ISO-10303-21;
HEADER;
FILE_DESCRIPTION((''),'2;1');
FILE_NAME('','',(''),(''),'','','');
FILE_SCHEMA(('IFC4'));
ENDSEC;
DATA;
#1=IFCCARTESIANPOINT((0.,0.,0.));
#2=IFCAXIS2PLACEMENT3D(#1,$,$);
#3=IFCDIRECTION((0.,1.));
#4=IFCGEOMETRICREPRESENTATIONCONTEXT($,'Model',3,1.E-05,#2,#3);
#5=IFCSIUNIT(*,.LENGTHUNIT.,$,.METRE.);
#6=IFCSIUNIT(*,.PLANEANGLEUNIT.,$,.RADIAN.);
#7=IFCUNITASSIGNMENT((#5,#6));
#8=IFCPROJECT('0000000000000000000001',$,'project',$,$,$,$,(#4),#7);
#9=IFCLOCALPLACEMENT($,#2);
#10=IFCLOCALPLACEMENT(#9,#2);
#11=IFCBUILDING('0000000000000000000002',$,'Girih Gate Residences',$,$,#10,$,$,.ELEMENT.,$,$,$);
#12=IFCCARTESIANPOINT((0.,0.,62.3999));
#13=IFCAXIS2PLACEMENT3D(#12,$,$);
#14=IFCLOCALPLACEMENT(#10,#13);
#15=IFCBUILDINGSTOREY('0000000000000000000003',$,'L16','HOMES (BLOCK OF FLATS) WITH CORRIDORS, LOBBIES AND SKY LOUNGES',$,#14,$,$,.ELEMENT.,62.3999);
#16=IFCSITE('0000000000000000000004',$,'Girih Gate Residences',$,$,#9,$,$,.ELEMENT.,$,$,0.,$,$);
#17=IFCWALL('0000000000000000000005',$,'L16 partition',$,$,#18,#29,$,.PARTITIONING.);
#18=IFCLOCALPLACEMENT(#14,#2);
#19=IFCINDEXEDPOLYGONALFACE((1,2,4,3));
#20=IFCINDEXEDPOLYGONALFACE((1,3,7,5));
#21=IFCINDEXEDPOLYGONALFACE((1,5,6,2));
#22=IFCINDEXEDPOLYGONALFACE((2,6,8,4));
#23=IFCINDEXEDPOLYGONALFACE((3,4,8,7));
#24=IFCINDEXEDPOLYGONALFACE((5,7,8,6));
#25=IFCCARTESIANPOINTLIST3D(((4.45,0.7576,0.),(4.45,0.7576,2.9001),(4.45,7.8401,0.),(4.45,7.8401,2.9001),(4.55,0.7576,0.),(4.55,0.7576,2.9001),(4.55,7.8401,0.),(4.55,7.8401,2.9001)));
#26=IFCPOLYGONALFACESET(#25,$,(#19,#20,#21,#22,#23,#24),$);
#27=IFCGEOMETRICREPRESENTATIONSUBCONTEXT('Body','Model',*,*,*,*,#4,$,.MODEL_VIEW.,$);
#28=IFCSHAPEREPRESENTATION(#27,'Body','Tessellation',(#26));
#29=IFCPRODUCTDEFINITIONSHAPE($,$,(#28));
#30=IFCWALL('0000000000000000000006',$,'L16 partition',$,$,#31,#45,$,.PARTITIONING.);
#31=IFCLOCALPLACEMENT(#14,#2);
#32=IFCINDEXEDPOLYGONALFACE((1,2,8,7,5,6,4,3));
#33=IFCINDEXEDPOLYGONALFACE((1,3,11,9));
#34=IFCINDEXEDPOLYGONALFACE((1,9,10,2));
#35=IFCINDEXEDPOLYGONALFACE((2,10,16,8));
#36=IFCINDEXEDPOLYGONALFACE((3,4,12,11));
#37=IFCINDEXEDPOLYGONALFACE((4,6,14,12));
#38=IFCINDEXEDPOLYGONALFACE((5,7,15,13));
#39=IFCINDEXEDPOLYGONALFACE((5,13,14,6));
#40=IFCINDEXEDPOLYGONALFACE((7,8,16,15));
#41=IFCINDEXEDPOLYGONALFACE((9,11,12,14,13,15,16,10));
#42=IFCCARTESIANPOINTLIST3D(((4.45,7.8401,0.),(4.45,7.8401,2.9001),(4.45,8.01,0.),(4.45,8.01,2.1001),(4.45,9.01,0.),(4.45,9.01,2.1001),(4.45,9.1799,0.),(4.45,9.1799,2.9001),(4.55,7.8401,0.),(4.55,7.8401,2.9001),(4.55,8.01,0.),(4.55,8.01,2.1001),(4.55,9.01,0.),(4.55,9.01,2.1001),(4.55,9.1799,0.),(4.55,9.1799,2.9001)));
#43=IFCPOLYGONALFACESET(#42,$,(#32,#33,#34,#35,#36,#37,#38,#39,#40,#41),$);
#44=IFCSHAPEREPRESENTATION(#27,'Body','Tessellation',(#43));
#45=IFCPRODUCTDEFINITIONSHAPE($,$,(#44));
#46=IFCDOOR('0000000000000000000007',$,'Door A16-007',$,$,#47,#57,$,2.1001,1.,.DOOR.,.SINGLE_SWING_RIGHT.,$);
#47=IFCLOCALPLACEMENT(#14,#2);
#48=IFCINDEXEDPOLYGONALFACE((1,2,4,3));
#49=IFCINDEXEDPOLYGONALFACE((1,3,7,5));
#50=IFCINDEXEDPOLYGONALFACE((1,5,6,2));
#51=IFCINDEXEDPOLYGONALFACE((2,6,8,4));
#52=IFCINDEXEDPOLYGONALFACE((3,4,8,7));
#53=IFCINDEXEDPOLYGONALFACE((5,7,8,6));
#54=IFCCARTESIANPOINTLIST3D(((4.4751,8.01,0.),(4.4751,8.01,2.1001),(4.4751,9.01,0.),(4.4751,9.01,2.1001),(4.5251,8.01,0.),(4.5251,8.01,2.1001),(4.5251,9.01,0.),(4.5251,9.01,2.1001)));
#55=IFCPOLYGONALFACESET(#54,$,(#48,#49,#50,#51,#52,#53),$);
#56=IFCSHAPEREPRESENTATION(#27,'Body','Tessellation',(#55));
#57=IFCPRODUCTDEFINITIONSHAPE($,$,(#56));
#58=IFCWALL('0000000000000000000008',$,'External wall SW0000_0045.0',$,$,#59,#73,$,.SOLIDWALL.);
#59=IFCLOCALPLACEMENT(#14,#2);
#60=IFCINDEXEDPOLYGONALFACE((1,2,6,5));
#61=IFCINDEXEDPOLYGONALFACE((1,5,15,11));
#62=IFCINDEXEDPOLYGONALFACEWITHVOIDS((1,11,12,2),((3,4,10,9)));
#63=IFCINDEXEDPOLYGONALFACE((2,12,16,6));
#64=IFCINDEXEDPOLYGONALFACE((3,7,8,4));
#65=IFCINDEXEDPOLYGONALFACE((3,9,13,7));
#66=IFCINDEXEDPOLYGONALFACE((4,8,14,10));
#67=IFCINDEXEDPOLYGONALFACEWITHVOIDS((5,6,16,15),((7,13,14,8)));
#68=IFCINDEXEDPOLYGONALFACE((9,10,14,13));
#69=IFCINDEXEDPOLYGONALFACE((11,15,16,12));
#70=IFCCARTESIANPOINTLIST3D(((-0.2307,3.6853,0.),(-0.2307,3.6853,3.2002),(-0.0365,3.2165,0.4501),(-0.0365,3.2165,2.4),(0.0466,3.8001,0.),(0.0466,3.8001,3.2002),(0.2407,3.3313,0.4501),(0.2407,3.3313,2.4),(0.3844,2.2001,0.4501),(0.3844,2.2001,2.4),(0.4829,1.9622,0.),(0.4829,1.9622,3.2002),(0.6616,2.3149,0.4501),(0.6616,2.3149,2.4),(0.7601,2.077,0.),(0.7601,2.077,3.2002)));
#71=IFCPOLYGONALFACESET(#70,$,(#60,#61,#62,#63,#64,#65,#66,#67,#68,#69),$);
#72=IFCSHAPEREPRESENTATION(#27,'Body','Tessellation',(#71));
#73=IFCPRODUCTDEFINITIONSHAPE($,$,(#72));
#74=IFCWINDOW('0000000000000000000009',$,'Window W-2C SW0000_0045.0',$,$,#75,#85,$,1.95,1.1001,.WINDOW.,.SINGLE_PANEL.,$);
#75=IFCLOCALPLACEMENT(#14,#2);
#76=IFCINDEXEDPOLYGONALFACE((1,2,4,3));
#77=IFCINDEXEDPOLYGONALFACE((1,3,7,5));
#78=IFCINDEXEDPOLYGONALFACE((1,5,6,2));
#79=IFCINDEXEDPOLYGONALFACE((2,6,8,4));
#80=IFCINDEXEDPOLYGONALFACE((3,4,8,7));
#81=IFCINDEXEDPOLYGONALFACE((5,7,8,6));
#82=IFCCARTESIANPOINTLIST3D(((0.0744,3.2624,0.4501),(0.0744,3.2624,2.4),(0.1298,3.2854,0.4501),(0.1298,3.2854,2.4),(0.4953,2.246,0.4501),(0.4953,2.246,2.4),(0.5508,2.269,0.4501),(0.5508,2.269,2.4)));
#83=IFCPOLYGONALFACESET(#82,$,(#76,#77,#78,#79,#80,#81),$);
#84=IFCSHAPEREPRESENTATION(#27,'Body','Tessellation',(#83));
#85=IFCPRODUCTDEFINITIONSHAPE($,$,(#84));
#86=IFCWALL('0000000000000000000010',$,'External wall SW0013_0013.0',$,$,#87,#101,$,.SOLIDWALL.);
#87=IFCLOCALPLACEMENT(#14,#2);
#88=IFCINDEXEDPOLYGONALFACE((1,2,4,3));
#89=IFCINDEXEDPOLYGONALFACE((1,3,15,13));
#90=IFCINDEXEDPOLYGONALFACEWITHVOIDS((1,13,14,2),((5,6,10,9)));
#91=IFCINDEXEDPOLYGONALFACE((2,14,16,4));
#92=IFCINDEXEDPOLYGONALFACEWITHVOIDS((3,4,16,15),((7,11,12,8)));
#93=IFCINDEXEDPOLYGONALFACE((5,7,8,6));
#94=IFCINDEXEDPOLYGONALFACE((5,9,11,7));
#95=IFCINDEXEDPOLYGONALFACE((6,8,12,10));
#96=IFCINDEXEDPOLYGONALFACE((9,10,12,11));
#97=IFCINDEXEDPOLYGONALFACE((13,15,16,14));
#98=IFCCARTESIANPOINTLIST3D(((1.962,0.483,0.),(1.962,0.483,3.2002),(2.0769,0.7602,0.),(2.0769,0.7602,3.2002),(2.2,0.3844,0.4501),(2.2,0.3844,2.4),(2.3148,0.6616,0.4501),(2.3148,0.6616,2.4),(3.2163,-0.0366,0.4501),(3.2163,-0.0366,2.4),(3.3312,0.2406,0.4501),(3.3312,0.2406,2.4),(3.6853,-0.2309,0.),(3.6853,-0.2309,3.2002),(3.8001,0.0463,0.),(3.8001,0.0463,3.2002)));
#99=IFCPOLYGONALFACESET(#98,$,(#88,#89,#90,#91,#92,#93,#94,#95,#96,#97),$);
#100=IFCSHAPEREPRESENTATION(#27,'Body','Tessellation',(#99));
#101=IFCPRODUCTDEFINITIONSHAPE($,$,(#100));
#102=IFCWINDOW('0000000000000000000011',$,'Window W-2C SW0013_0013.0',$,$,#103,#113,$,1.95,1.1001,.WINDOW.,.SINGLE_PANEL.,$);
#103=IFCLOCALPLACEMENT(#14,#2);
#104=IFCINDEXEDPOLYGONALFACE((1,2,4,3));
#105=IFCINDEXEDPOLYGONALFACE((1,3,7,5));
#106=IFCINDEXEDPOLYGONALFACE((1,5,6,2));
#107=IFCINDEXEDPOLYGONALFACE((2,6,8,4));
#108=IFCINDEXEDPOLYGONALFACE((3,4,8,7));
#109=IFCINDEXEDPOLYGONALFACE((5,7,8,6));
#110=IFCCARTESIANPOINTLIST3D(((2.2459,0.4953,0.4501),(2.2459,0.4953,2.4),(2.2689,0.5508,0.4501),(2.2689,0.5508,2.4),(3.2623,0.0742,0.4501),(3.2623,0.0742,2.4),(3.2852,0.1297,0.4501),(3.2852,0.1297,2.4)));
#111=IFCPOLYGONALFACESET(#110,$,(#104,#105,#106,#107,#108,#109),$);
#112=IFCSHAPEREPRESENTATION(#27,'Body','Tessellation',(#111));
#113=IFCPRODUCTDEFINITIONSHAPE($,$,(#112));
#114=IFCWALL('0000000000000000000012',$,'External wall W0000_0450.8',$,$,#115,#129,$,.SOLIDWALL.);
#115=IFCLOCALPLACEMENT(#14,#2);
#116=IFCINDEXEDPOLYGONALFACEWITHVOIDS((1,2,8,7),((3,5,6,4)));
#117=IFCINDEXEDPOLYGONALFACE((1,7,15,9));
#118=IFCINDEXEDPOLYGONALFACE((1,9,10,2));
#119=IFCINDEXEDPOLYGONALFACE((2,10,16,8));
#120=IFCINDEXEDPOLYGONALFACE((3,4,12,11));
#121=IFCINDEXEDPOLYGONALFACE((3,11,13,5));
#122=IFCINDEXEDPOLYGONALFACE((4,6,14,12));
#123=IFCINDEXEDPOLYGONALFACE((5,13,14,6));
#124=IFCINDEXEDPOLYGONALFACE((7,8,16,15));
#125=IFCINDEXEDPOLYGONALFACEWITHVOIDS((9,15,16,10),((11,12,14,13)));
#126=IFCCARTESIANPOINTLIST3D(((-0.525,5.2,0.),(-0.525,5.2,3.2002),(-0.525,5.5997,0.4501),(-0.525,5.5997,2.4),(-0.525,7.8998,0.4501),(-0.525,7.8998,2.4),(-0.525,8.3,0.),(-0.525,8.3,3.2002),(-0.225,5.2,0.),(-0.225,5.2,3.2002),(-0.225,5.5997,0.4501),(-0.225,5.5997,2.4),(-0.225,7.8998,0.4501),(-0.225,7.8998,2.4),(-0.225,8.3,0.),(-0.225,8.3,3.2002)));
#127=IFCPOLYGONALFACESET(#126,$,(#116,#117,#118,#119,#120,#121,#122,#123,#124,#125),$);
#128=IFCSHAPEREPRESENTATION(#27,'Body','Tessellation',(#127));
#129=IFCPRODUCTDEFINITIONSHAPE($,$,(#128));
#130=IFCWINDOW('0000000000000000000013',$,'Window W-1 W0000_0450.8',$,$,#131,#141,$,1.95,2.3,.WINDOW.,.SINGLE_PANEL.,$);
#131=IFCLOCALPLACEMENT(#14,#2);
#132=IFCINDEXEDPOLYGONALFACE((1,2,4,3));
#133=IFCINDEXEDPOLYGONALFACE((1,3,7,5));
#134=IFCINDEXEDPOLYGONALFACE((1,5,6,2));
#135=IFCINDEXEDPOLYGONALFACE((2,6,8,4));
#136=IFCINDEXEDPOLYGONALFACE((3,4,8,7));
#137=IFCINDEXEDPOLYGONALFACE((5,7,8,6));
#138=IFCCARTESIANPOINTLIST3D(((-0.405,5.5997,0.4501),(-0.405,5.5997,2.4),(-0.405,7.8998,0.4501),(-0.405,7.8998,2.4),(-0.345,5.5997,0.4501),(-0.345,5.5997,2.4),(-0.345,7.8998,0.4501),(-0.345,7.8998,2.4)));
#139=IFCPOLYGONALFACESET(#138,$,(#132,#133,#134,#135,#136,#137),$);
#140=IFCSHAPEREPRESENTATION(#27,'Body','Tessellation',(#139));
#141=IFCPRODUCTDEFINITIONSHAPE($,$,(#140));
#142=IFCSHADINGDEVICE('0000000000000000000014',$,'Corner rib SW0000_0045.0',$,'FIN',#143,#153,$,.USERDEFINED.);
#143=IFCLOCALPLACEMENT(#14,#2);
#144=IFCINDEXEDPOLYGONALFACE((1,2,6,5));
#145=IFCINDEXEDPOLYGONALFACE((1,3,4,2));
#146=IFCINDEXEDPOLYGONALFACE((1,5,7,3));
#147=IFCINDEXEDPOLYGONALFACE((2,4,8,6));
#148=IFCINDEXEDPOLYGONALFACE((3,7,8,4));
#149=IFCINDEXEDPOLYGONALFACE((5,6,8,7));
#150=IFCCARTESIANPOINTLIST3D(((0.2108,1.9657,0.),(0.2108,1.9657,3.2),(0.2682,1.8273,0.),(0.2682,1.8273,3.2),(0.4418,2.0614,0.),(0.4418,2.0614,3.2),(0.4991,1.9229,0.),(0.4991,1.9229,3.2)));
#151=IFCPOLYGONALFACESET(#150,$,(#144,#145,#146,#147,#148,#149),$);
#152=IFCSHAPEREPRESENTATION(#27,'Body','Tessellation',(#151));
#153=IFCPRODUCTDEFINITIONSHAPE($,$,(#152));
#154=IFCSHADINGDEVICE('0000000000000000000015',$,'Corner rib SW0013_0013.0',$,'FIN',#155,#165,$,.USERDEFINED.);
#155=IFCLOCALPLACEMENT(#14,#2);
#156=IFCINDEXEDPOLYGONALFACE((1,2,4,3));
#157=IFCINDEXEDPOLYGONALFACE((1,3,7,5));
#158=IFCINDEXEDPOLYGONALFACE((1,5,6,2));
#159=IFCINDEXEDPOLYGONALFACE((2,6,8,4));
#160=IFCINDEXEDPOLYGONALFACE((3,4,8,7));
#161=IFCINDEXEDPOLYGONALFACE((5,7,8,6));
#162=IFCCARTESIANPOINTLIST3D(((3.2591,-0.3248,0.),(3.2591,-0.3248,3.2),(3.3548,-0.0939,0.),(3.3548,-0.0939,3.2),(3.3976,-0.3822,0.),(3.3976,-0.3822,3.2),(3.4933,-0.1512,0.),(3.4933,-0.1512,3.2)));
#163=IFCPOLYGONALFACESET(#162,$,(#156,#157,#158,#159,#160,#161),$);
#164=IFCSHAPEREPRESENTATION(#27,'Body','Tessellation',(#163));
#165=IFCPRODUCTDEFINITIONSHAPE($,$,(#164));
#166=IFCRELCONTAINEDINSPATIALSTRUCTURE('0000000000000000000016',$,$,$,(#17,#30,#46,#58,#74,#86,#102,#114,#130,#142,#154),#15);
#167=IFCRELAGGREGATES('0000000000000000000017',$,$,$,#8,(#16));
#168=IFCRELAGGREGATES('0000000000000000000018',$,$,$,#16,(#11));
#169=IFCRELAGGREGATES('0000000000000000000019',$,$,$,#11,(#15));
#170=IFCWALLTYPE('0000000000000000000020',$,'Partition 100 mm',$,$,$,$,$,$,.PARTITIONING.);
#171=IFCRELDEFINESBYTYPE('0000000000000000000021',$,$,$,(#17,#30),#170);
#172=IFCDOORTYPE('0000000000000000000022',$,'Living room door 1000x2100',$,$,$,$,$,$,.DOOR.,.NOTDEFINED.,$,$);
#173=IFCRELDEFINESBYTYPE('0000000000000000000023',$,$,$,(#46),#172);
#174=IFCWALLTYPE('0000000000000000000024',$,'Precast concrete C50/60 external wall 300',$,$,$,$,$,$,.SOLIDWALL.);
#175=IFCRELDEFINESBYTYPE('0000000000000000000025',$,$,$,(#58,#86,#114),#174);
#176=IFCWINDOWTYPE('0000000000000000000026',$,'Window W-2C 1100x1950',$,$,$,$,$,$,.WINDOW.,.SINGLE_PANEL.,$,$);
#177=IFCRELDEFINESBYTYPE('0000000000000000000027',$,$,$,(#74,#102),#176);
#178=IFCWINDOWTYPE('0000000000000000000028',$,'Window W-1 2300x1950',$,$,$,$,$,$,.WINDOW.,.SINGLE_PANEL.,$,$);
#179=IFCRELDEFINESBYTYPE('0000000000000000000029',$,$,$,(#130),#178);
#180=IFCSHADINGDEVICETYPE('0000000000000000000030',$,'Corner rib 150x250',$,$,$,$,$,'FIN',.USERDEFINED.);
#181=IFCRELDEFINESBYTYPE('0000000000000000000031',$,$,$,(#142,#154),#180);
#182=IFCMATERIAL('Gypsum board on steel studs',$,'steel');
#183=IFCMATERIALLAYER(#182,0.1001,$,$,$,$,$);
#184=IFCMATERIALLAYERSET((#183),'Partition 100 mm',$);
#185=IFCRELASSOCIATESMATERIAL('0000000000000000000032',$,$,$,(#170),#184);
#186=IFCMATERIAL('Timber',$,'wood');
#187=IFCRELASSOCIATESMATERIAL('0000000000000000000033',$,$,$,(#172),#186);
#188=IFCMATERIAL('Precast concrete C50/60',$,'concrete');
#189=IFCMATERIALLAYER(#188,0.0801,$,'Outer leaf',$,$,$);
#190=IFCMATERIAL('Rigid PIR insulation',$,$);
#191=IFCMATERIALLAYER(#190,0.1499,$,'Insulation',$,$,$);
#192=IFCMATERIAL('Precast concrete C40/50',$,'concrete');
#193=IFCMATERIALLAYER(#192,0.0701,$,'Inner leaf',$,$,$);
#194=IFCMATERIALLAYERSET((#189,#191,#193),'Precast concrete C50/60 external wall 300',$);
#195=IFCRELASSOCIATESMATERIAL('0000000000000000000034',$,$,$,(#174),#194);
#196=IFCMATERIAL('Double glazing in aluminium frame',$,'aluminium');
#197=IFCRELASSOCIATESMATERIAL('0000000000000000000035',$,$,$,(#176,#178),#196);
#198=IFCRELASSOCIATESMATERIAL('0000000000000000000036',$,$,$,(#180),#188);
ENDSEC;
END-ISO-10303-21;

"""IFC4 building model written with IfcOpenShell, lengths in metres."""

from ifc_helpers import new_model, si_unit, direction, frame, frame_2d, origin, origin_2d, place, context, subcontext, project, spatial, rectangle, extrude, material, layer, layer_set, type_object, element, fill, save


model = new_model("IFC4")

# Units and contexts
model_context = context("Model", 3, precision=1e-05, world=origin(), true_north=direction((0.0, 1.0)))
body_context = subcontext(model_context, "Body", "Model", "MODEL_VIEW")
ifc_project = project(units=[si_unit("LENGTHUNIT", "METRE"), si_unit("PLANEANGLEUNIT", "RADIAN")], contexts=[model_context])

# Site, building, storey
site_placement = place(None, origin())
site = spatial("IfcSite", under=ifc_project, at=site_placement, Name="Girih Gate Residences", CompositionType="ELEMENT", RefElevation=0.0)
building_placement = place(site_placement, origin())
building = spatial("IfcBuilding", under=site, at=building_placement, Name="Girih Gate Residences", CompositionType="ELEMENT")
storey_placement = place(building_placement, frame((0.0, 0.0, 62.3999)))
storey = spatial("IfcBuildingStorey", under=building, at=storey_placement, Name="L16", Description="HOMES (BLOCK OF FLATS) WITH CORRIDORS, LOBBIES AND SKY LOUNGES", CompositionType="ELEMENT", Elevation=62.3999)

# Wall
ifc_material_1 = material(Name="Gypsum board on steel studs", Category="steel")
ifc_layer_1 = layer(ifc_material_1, 0.1001)
ifc_layer_set_1 = layer_set([ifc_layer_1], Name="Partition 100 mm")
wall_type_1 = type_object("IfcWallType", Name="Partition 100 mm", PredefinedType="PARTITIONING", material=ifc_layer_set_1)
wall_1_placement = place(storey_placement, frame((4.5, 0.7576, 0.0), z_axis=(0.0, 0.0, 1.0), x_axis=(0.0, 1.0, 0.0)))
element("IfcWall", 1, at=wall_1_placement, inside=storey, type_object=wall_type_1, Name="L16 partition", PredefinedType="PARTITIONING", context=body_context, shape_type="SweptSolid", body=[
    extrude(rectangle(XDim=7.0825, YDim=0.1001, at=frame_2d((3.5413, 0.0))), origin(), (0.0, 0.0, 1.0), 2.9001),
])

# Wall, opening, door
wall_2_placement = place(storey_placement, frame((4.5, 7.8401, 0.0), z_axis=(0.0, 0.0, 1.0), x_axis=(0.0, 1.0, 0.0)))
wall_2 = element("IfcWall", 2, at=wall_2_placement, inside=storey, type_object=wall_type_1, Name="L16 partition", PredefinedType="PARTITIONING", context=body_context, shape_type="SweptSolid", body=[
    extrude(rectangle(XDim=1.3398, YDim=0.1001, at=frame_2d((0.6699, 0.0))), origin(), (0.0, 0.0, 1.0), 2.9001),
])
opening_1_placement = place(wall_2_placement, frame((0.1699, 0.0, 0.0)))
opening_1 = element("IfcOpeningElement", 3, at=opening_1_placement, cuts=wall_2, PredefinedType="OPENING", context=body_context, shape_type="SweptSolid", body=[
    extrude(rectangle(XDim=1.0, YDim=2.1001, at=frame_2d((0.5, 1.05))), frame((0.0, 0.0601, 0.0), z_axis=(0.0, -1.0, 0.0), x_axis=(1.0, 0.0, 0.0)), (0.0, 0.0, 1.0), 0.1201),
])
ifc_material_2 = material(Name="Timber", Category="wood")
door_type = type_object("IfcDoorType", Name="Living room door 1000x2100", OperationType="NOTDEFINED", PredefinedType="DOOR", material=ifc_material_2)
door_placement = place(opening_1_placement, origin())
door = element("IfcDoor", 4, at=door_placement, inside=storey, type_object=door_type, Name="Door A16-007", OperationType="SINGLE_SWING_RIGHT", OverallHeight=2.1001, OverallWidth=1.0, PredefinedType="DOOR", context=body_context, shape_type="SweptSolid", body=[
    extrude(rectangle(XDim=1.0, YDim=2.1001, at=frame_2d((0.5, 1.05))), frame((0.0, 0.0249, 0.0), z_axis=(0.0, -1.0, 0.0), x_axis=(1.0, 0.0, 0.0)), (0.0, 0.0, 1.0), 0.05),
])
fill(opening_1, door)

# Walls, openings, windows
ifc_material_3 = material(Name="Precast concrete C50/60", Category="concrete")
ifc_layer_2 = layer(ifc_material_3, 0.0801, Name="Outer leaf")
ifc_material_4 = material(Name="Rigid PIR insulation")
ifc_layer_3 = layer(ifc_material_4, 0.1499, Name="Insulation")
ifc_material_5 = material(Name="Precast concrete C40/50", Category="concrete")
ifc_layer_4 = layer(ifc_material_5, 0.0701, Name="Inner leaf")
ifc_layer_set_2 = layer_set([ifc_layer_2, ifc_layer_3, ifc_layer_4], Name="Precast concrete C50/60 external wall 300")
wall_type_2 = type_object("IfcWallType", Name="Precast concrete C50/60 external wall 300", PredefinedType="SOLIDWALL", material=ifc_layer_set_2)
wall_3_placement = place(storey_placement, frame((0.6216, 2.0195, 0.0), z_axis=(0.0, 0.0, 1.0), x_axis=(-0.382625, 0.923904, 0.0)))
wall_3 = element("IfcWall", 5, at=wall_3_placement, inside=storey, type_object=wall_type_2, Name="External wall SW0000_0045.0", PredefinedType="SOLIDWALL", context=body_context, shape_type="SweptSolid", body=[
    extrude(rectangle(XDim=1.865, YDim=0.3, at=frame_2d((0.9326, 0.0))), origin(), (0.0, 0.0, 1.0), 3.2002),
])
opening_2_placement = place(wall_3_placement, frame((0.2576, 0.0, 0.45)))
opening_2 = element("IfcOpeningElement", 6, at=opening_2_placement, cuts=wall_3, PredefinedType="OPENING", context=body_context, shape_type="SweptSolid", body=[
    extrude(rectangle(XDim=1.1001, YDim=1.95, at=frame_2d((0.55, 0.9751))), frame((0.0, 0.1599, 0.0), z_axis=(0.0, -1.0, 0.0), x_axis=(1.0, 0.0, 0.0)), (0.0, 0.0, 1.0), 0.3201),
])
ifc_material_6 = material(Name="Double glazing in aluminium frame", Category="aluminium")
window_type_1 = type_object("IfcWindowType", Name="Window W-2C 1100x1950", PartitioningType="SINGLE_PANEL", PredefinedType="WINDOW", material=ifc_material_6)
window_1_placement = place(opening_2_placement, origin())
window_1 = element("IfcWindow", 7, at=window_1_placement, inside=storey, type_object=window_type_1, Name="Window W-2C SW0000_0045.0", OverallHeight=1.95, OverallWidth=1.1001, PartitioningType="SINGLE_PANEL", PredefinedType="WINDOW", context=body_context, shape_type="SweptSolid", body=[
    extrude(rectangle(XDim=1.1001, YDim=1.95, at=frame_2d((0.55, 0.9751))), frame((0.0, 0.03, 0.0), z_axis=(0.0, -1.0, 0.0), x_axis=(1.0, 0.0, 0.0)), (0.0, 0.0, 1.0), 0.0601),
])
fill(opening_2, window_1)
wall_4_placement = place(storey_placement, frame((3.7427, -0.0923, 0.0), z_axis=(0.0, 0.0, 1.0), x_axis=(-0.923857, 0.382737, 0.0)))
wall_4 = element("IfcWall", 8, at=wall_4_placement, inside=storey, type_object=wall_type_2, Name="External wall SW0013_0013.0", PredefinedType="SOLIDWALL", context=body_context, shape_type="SweptSolid", body=[
    extrude(rectangle(XDim=1.8652, YDim=0.3, at=frame_2d((0.9326, 0.0))), origin(), (0.0, 0.0, 1.0), 3.2002),
])
opening_3_placement = place(wall_4_placement, frame((0.5076, 0.0, 0.45)))
opening_3 = element("IfcOpeningElement", 9, at=opening_3_placement, cuts=wall_4, PredefinedType="OPENING", context=body_context, shape_type="SweptSolid", body=[
    extrude(rectangle(XDim=1.1001, YDim=1.95, at=frame_2d((0.55, 0.9751))), frame((0.0, 0.1599, 0.0), z_axis=(0.0, -1.0, 0.0), x_axis=(1.0, 0.0, 0.0)), (0.0, 0.0, 1.0), 0.3201),
])
window_2_placement = place(opening_3_placement, origin())
window_2 = element("IfcWindow", 10, at=window_2_placement, inside=storey, type_object=window_type_1, Name="Window W-2C SW0013_0013.0", OverallHeight=1.95, OverallWidth=1.1001, PartitioningType="SINGLE_PANEL", PredefinedType="WINDOW", context=body_context, shape_type="SweptSolid", body=[
    extrude(rectangle(XDim=1.1001, YDim=1.95, at=frame_2d((0.55, 0.9751))), frame((0.0, 0.03, 0.0), z_axis=(0.0, -1.0, 0.0), x_axis=(1.0, 0.0, 0.0)), (0.0, 0.0, 1.0), 0.0601),
])
fill(opening_3, window_2)
wall_5_placement = place(storey_placement, frame((-0.375, 5.2, 0.0), z_axis=(0.0, 0.0, 1.0), x_axis=(0.0, 1.0, 0.0)))
wall_5 = element("IfcWall", 11, at=wall_5_placement, inside=storey, type_object=wall_type_2, Name="External wall W0000_0450.8", PredefinedType="SOLIDWALL", context=body_context, shape_type="SweptSolid", body=[
    extrude(rectangle(XDim=3.1001, YDim=0.3, at=frame_2d((1.55, 0.0))), origin(), (0.0, 0.0, 1.0), 3.2002),
])
opening_4_placement = place(wall_5_placement, frame((0.3999, 0.0, 0.45)))
opening_4 = element("IfcOpeningElement", 12, at=opening_4_placement, cuts=wall_5, PredefinedType="OPENING", context=body_context, shape_type="SweptSolid", body=[
    extrude(rectangle(XDim=2.3, YDim=1.95, at=frame_2d((1.1499, 0.9751))), frame((0.0, 0.1599, 0.0), z_axis=(0.0, -1.0, 0.0), x_axis=(1.0, 0.0, 0.0)), (0.0, 0.0, 1.0), 0.3201),
])
window_type_2 = type_object("IfcWindowType", Name="Window W-1 2300x1950", PartitioningType="SINGLE_PANEL", PredefinedType="WINDOW", material=ifc_material_6)
window_3_placement = place(opening_4_placement, origin())
window_3 = element("IfcWindow", 13, at=window_3_placement, inside=storey, type_object=window_type_2, Name="Window W-1 W0000_0450.8", OverallHeight=1.95, OverallWidth=2.3, PartitioningType="SINGLE_PANEL", PredefinedType="WINDOW", context=body_context, shape_type="SweptSolid", body=[
    extrude(rectangle(XDim=2.3, YDim=1.95, at=frame_2d((1.1499, 0.9751))), frame((0.0, 0.03, 0.0), z_axis=(0.0, -1.0, 0.0), x_axis=(1.0, 0.0, 0.0)), (0.0, 0.0, 1.0), 0.0601),
])
fill(opening_4, window_3)

# Shading devices
shading_device_type = type_object("IfcShadingDeviceType", Name="Corner rib 150x250", ElementType="FIN", PredefinedType="USERDEFINED", material=ifc_material_3)
for number, where, z_axis, x_axis, name in (
    (14, (0.355, 1.9443, 0.0), (0.0, 0.0, 1.0), (0.382683, -0.92388, 0.0), "Corner rib SW0000_0045.0"),
    (15, (3.3762, -0.238, 0.0), (0.0, 0.0, 1.0), (0.92388, -0.382683, 0.0), "Corner rib SW0013_0013.0"),
):
    element("IfcShadingDevice", number, at=place(storey_placement, frame(where, z_axis=z_axis, x_axis=x_axis)), inside=storey, type_object=shading_device_type, Name=name, ObjectType="FIN", PredefinedType="USERDEFINED", context=body_context, shape_type="SweptSolid", body=[
        extrude(rectangle(XDim=0.1499, YDim=0.25, at=origin_2d()), origin(), (0.0, 0.0, 1.0), 3.2),
    ])

save(model, "model.ifc")
